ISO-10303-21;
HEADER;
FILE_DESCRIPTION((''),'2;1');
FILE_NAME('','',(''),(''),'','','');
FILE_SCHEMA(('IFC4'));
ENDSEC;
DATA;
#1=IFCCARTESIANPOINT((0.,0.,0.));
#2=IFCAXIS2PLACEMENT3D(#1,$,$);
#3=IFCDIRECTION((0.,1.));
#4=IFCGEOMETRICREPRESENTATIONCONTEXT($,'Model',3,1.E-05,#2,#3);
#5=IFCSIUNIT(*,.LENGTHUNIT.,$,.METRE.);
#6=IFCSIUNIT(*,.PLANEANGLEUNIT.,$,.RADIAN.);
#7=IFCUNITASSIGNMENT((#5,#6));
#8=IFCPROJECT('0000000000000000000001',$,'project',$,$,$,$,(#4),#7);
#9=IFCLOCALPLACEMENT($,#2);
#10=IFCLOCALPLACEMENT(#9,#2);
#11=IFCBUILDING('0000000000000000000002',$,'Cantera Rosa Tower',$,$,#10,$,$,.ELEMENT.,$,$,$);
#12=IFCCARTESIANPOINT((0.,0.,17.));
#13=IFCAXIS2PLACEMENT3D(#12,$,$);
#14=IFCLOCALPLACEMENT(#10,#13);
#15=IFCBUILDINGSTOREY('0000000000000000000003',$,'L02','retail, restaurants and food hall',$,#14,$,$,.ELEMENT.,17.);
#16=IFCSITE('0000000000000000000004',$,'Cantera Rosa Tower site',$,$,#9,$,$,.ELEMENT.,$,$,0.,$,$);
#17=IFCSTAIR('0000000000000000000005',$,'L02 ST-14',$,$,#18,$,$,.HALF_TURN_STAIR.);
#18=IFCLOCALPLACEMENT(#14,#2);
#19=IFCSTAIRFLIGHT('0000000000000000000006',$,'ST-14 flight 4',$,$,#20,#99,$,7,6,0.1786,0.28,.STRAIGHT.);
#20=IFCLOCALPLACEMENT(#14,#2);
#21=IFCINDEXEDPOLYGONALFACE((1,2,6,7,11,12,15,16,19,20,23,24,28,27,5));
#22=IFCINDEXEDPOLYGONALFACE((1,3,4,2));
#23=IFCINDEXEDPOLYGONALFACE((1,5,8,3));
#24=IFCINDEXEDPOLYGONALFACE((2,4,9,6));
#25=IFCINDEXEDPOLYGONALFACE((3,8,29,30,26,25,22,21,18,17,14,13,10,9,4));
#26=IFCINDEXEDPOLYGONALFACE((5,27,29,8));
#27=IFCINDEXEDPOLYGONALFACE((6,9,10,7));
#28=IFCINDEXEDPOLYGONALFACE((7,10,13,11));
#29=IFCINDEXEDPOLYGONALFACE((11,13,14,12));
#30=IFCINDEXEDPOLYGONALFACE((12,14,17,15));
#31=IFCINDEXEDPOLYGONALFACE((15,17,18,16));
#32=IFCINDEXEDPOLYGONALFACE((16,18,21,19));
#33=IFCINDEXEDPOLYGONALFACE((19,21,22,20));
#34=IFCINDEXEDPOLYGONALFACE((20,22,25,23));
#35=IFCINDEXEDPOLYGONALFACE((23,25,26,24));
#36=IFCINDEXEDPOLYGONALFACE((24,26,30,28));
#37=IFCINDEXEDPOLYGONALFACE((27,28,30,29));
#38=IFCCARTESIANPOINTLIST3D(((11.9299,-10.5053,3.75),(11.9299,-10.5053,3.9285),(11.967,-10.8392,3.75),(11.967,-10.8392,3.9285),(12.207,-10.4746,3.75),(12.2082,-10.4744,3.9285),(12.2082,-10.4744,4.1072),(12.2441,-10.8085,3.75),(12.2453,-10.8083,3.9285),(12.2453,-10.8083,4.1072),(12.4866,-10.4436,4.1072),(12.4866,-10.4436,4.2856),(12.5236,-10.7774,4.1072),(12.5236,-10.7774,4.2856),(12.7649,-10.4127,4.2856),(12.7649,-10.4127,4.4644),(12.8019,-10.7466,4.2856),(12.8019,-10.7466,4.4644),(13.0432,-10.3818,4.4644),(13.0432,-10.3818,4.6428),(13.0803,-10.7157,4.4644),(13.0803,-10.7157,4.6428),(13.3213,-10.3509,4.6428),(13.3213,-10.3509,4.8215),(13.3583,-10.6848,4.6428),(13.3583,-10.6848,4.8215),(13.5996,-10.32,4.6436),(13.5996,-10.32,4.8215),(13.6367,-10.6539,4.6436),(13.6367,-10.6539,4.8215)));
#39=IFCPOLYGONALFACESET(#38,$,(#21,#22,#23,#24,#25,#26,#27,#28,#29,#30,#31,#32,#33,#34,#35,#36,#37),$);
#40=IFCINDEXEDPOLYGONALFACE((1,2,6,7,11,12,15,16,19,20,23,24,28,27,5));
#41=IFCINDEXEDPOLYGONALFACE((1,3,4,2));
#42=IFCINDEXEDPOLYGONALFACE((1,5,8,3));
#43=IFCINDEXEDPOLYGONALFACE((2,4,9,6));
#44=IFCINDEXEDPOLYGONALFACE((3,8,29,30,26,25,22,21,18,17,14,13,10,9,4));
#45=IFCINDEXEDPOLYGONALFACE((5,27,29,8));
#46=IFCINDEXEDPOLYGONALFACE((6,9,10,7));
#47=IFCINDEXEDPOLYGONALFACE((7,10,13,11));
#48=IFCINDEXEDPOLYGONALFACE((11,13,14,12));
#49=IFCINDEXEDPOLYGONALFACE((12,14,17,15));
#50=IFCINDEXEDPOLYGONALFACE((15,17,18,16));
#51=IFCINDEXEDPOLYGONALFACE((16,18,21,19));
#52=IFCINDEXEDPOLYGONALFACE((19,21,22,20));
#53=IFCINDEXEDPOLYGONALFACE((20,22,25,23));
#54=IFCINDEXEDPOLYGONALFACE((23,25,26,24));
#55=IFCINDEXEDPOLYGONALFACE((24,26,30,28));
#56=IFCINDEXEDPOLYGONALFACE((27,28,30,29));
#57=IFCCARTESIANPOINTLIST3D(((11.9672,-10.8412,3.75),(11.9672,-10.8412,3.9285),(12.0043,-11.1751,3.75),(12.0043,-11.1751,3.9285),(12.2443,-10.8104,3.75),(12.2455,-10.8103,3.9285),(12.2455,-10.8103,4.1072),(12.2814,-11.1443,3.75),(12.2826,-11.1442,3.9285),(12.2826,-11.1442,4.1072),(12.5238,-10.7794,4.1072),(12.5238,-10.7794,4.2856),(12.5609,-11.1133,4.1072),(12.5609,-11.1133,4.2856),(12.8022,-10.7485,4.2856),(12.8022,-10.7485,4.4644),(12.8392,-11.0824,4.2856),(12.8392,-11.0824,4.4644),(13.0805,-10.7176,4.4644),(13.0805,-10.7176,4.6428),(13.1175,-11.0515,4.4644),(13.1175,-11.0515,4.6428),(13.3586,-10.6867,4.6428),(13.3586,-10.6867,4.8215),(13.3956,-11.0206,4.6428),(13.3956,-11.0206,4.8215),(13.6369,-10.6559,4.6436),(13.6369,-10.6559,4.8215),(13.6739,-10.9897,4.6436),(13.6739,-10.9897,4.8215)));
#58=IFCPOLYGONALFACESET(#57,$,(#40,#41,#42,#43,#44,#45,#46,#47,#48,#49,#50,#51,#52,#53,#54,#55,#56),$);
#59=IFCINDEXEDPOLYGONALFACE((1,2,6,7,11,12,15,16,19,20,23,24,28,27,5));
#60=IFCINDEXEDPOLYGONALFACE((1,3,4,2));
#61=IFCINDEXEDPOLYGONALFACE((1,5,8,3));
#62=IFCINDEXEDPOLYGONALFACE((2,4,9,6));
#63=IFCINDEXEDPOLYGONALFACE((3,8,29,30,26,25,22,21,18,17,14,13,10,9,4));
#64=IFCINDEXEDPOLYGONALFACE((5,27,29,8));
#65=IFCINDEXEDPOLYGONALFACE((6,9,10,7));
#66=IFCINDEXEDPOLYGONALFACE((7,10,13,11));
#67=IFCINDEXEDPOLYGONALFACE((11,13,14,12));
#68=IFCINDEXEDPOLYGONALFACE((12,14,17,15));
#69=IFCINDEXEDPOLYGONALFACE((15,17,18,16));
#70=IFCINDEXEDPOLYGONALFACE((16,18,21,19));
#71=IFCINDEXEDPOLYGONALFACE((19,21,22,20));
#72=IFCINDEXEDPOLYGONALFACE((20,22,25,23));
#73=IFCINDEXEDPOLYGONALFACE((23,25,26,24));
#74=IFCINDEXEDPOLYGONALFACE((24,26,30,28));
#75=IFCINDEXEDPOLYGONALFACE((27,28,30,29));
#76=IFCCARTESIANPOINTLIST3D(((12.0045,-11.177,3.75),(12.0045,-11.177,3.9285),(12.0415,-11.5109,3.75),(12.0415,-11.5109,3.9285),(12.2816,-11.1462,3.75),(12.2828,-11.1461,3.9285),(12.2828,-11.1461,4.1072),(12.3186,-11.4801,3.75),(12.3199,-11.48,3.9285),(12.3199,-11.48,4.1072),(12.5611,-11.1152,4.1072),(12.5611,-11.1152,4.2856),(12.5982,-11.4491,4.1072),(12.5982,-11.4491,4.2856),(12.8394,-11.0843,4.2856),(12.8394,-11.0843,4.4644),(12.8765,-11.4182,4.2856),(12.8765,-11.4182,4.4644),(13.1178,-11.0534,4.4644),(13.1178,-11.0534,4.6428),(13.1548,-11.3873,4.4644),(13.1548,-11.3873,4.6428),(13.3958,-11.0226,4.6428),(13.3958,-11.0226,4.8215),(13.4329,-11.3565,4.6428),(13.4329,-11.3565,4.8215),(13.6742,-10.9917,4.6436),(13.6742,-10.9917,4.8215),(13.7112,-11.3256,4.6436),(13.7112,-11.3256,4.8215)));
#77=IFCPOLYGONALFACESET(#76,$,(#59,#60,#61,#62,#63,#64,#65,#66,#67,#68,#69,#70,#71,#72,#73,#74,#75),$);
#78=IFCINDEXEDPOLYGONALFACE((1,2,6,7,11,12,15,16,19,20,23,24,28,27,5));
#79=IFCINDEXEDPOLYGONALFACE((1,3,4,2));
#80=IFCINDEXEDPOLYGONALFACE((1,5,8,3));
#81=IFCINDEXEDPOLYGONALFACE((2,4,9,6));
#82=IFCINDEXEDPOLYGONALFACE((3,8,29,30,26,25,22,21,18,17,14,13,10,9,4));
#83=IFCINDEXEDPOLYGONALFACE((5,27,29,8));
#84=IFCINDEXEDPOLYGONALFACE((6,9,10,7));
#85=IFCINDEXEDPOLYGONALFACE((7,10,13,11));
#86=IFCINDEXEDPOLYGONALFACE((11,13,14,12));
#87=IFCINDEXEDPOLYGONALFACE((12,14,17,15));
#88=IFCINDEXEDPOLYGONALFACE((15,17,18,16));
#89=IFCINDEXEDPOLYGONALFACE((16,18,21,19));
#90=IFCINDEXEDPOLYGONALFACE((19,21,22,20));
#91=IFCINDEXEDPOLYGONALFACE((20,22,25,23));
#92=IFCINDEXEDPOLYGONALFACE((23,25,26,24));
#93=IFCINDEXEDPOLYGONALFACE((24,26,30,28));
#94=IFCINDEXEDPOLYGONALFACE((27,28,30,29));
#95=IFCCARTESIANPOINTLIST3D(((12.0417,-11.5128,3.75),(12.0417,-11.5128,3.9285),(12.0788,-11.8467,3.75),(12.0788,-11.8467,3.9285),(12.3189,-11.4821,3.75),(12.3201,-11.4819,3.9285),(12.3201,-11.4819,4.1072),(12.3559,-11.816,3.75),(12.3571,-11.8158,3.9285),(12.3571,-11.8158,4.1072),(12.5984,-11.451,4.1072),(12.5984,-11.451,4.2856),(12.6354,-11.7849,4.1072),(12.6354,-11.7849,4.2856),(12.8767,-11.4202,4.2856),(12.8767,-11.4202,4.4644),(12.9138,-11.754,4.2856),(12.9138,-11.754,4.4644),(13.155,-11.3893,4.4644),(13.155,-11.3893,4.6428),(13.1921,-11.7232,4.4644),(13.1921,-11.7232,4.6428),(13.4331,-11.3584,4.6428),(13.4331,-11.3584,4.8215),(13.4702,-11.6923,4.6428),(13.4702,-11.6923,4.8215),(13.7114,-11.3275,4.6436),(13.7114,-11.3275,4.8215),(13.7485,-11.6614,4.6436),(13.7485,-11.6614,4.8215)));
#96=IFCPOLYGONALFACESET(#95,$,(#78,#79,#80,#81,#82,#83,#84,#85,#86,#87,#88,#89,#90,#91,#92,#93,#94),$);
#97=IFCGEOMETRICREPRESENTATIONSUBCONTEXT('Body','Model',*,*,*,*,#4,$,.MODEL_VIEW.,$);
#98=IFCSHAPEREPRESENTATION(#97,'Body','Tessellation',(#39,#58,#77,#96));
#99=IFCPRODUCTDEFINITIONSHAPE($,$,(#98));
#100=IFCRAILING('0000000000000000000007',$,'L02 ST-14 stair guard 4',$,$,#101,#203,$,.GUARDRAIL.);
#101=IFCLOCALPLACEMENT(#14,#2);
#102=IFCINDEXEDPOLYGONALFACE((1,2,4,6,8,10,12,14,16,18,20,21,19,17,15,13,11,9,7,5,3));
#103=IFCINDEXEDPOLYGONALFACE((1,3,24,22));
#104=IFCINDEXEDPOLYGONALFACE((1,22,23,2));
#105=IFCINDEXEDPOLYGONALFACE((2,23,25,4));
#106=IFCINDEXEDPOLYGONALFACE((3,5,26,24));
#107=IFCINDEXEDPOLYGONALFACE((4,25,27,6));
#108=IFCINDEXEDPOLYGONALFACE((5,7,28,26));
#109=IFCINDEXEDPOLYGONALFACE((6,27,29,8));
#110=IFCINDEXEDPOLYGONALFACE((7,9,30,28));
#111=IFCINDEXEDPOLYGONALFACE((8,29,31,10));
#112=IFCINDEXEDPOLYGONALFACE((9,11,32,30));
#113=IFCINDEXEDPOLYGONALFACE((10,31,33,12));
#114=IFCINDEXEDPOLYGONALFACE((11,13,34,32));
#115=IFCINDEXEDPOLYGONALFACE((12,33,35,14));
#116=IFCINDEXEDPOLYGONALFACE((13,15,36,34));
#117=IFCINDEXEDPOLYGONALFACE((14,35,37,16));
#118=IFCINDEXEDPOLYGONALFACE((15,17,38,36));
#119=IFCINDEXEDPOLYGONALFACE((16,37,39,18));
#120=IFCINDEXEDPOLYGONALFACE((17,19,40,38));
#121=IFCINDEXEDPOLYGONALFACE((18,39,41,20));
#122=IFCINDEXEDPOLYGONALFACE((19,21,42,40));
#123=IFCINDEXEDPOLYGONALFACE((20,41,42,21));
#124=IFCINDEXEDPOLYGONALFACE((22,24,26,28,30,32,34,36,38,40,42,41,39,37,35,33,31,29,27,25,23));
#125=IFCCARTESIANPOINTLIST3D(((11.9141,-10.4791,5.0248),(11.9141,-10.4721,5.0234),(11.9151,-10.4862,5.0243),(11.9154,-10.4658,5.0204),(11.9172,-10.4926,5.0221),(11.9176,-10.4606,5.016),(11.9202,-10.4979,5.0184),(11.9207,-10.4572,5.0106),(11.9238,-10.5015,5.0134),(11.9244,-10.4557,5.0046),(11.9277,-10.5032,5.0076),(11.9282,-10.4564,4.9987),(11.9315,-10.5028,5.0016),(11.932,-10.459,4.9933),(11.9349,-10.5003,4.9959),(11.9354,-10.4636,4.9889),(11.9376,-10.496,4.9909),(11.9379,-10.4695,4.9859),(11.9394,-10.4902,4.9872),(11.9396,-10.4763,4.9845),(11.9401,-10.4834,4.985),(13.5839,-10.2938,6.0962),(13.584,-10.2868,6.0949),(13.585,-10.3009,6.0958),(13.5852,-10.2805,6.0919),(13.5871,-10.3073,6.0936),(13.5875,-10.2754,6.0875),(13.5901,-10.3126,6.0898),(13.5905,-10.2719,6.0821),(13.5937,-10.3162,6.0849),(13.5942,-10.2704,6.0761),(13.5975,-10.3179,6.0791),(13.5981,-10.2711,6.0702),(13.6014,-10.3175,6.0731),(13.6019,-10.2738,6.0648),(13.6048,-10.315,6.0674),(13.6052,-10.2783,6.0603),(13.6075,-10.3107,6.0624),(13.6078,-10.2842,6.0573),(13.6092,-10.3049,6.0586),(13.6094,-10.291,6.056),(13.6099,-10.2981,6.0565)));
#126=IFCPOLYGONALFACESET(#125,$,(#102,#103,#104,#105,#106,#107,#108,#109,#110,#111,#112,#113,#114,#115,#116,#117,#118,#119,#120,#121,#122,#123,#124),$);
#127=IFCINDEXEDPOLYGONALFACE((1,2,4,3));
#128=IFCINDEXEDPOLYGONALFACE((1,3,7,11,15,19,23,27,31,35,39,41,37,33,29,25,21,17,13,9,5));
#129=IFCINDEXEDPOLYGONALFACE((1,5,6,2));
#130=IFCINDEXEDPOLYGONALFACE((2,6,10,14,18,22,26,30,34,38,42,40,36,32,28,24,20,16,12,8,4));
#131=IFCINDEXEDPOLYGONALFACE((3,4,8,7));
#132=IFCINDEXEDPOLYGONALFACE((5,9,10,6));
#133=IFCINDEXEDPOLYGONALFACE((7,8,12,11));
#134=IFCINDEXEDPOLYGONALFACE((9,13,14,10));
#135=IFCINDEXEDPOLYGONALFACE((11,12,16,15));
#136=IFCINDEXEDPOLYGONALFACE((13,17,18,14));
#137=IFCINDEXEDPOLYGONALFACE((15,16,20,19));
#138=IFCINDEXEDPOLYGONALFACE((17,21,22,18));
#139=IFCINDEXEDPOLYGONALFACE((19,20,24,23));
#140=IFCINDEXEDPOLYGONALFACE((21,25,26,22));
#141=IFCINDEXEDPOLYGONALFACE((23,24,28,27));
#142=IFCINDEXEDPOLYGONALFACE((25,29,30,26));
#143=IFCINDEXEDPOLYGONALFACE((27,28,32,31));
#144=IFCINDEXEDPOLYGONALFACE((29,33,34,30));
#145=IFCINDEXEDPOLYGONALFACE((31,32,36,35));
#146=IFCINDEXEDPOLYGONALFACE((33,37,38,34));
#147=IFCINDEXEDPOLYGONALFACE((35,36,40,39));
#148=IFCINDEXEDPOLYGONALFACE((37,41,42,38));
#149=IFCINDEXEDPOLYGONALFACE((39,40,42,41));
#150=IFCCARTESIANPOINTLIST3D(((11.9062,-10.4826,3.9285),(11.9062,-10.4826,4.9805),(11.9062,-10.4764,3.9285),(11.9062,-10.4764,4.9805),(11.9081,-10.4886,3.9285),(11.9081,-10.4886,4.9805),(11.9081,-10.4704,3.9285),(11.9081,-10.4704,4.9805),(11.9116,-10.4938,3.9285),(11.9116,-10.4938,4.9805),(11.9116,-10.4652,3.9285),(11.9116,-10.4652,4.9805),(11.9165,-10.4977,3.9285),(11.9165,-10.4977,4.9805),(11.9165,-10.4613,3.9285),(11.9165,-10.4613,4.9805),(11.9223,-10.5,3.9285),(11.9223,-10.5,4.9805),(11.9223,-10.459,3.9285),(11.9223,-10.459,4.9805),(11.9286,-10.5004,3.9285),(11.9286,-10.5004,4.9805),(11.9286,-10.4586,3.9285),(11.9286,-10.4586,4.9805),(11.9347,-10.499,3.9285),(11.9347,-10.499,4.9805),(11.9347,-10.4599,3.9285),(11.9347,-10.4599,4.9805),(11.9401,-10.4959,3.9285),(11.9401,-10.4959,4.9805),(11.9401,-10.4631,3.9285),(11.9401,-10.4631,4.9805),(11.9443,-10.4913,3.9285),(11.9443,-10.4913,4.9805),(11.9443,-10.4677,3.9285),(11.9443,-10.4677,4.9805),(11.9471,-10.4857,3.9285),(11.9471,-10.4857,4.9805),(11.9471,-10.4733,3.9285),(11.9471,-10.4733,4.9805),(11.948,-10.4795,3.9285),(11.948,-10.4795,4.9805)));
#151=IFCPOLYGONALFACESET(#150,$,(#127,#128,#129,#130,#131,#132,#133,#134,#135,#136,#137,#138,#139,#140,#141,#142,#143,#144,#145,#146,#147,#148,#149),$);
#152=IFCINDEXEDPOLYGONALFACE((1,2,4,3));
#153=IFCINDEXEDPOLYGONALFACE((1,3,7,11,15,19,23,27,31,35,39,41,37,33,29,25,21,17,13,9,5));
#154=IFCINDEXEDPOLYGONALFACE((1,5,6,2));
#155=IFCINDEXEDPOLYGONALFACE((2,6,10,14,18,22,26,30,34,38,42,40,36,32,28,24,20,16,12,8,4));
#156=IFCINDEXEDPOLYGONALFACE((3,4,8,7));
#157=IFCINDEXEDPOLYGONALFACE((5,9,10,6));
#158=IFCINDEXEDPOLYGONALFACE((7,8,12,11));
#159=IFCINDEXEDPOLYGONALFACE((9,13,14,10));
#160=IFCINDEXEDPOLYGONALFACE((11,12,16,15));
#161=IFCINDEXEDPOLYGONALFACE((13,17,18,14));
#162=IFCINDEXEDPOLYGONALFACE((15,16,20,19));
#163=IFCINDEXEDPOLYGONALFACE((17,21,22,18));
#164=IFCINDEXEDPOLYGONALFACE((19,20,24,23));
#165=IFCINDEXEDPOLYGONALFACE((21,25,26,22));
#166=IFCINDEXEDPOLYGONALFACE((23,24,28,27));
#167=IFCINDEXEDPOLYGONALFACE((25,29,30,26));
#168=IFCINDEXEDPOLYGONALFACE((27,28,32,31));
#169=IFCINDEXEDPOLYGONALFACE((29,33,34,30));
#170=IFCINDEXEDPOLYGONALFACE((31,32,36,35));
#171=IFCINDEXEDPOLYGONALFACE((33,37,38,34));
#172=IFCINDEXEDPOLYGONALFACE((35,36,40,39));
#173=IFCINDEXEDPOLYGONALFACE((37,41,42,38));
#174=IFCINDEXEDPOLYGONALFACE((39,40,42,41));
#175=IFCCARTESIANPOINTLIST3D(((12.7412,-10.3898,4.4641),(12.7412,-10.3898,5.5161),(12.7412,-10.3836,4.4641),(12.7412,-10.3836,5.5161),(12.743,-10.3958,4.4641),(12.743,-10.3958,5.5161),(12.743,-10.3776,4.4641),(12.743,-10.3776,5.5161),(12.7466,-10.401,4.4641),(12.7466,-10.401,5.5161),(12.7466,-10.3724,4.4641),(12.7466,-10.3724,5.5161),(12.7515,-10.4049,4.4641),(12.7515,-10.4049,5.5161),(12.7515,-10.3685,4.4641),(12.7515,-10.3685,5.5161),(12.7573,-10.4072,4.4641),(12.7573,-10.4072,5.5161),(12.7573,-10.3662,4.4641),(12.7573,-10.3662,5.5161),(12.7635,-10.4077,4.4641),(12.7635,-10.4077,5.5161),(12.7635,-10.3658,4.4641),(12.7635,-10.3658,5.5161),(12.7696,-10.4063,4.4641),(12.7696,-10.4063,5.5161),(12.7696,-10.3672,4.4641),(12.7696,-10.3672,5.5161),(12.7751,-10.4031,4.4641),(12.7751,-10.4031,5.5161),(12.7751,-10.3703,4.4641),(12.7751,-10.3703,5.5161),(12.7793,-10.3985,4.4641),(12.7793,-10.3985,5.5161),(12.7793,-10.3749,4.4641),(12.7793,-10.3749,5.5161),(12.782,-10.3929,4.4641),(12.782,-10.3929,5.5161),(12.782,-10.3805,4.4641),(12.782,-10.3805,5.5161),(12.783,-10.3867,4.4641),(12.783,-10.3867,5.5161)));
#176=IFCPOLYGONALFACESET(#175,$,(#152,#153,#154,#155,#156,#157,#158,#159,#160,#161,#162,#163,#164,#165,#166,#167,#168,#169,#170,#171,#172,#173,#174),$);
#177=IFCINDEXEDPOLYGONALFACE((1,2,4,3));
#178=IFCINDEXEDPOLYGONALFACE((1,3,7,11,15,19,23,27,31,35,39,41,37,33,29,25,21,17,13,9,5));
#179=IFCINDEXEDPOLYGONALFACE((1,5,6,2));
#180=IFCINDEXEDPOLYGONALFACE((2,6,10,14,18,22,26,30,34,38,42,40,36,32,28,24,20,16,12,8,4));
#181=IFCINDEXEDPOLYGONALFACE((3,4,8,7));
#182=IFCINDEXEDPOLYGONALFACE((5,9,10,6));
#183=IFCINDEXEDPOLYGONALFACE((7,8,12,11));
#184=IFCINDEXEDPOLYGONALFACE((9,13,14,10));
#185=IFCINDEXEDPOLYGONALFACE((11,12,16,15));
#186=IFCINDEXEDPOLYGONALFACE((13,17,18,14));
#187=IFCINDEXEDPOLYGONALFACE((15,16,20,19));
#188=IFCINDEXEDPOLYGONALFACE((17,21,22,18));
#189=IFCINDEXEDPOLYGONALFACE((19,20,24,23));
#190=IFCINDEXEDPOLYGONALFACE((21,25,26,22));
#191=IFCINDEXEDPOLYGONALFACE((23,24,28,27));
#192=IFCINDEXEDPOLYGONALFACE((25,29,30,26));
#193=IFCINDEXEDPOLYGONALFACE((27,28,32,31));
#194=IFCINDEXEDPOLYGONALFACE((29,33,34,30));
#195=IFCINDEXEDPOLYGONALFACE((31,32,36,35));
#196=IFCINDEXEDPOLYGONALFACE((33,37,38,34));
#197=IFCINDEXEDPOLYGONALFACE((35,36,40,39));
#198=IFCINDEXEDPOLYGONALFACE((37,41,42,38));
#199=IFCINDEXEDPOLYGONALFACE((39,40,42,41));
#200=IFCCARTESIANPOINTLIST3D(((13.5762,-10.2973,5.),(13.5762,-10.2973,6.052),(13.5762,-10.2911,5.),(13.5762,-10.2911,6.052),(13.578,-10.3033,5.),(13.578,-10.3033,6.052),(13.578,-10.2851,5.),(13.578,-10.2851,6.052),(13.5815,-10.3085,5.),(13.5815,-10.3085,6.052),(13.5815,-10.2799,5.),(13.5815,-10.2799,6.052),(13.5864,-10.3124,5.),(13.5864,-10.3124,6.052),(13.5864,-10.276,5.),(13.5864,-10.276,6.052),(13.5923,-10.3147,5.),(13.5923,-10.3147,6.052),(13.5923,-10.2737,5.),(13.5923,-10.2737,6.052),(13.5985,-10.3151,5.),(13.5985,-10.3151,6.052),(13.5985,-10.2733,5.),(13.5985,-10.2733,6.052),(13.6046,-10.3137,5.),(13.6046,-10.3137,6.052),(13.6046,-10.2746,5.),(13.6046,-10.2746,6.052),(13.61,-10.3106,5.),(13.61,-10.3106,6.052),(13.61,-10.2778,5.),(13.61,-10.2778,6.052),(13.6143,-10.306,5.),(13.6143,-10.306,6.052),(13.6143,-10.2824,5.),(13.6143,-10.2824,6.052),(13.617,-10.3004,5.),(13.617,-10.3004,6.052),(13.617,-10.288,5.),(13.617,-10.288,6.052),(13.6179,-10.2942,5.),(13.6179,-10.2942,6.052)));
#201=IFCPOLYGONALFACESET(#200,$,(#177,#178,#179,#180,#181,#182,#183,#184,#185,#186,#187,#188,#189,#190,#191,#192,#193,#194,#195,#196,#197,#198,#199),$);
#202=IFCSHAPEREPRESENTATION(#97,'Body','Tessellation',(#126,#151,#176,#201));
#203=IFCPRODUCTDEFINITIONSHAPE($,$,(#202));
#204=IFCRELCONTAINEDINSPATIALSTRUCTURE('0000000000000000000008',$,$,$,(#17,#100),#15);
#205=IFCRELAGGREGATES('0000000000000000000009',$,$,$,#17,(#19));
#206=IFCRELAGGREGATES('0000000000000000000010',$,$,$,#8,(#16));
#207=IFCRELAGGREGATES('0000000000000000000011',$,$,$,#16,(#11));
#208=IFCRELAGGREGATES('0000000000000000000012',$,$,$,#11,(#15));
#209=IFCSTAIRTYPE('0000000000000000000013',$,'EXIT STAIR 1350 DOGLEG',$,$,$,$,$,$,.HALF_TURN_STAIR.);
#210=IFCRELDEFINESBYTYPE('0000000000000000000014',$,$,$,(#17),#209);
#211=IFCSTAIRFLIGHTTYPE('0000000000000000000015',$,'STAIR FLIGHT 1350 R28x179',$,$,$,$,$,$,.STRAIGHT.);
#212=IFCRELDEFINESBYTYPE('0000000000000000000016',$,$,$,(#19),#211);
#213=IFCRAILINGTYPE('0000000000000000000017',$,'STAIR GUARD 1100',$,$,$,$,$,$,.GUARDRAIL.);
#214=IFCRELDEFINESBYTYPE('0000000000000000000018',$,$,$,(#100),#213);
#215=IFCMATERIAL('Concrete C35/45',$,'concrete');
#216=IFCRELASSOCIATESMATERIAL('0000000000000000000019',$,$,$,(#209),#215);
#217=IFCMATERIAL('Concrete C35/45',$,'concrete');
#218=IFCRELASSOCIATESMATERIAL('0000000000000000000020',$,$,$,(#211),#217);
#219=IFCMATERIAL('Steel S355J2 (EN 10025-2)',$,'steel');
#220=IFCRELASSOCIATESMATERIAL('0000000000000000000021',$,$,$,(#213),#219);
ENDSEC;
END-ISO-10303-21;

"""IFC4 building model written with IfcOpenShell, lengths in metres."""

from ifc_helpers import new_model, si_unit, direction, frame, origin, origin_2d, place, context, subcontext, project, spatial, polyline, circle, outline, extrude, material, type_object, element, aggregate, save


model = new_model("IFC4")

# Units and contexts
model_context = context("Model", 3, precision=1e-05, world=origin(), true_north=direction((0.0, 1.0)))
body_context = subcontext(model_context, "Body", "Model", "MODEL_VIEW")
ifc_project = project(units=[si_unit("LENGTHUNIT", "METRE"), si_unit("PLANEANGLEUNIT", "RADIAN")], contexts=[model_context])

# Site, building, storey
site_placement = place(None, origin())
site = spatial("IfcSite", under=ifc_project, at=site_placement, Name="Cantera Rosa Tower site", CompositionType="ELEMENT", RefElevation=0.0)
building_placement = place(site_placement, origin())
building = spatial("IfcBuilding", under=site, at=building_placement, Name="Cantera Rosa Tower", CompositionType="ELEMENT")
storey_placement = place(building_placement, frame((0.0, 0.0, 17.0)))
storey = spatial("IfcBuildingStorey", under=building, at=storey_placement, Name="L02", Description="retail, restaurants and food hall", CompositionType="ELEMENT", Elevation=17.0)

# Stair, stair flight
ifc_material_1 = material(Name="Concrete C35/45", Category="concrete")
stair_type = type_object("IfcStairType", Name="EXIT STAIR 1350 DOGLEG", PredefinedType="HALF_TURN_STAIR", material=ifc_material_1)
stair_placement = place(storey_placement, origin())
stair = element("IfcStair", 1, at=stair_placement, inside=storey, type_object=stair_type, Name="L02 ST-14", PredefinedType="HALF_TURN_STAIR")
ifc_material_2 = material(Name="Concrete C35/45", Category="concrete")
stair_flight_type = type_object("IfcStairFlightType", Name="STAIR FLIGHT 1350 R28x179", PredefinedType="STRAIGHT", material=ifc_material_2)
stair_flight_1_placement = place(storey_placement, frame((12.0044, -11.1763, 3.75), z_axis=(0.0, 0.0, 1.0), x_axis=(0.993897, 0.110313, 0.0)))
stair_flight_1 = element("IfcStairFlight", 2, at=stair_flight_1_placement, type_object=stair_flight_type, Name="ST-14 flight 4", NumberOfRisers=7, NumberOfTreads=6, PredefinedType="STRAIGHT", RiserHeight=0.1786, TreadLength=0.28, context=body_context, shape_type="SweptSolid", body=[
    extrude(outline(polyline([(0.0, 0.0), (0.0, 0.1785), (0.28, 0.1785), (0.28, 0.3572), (0.5601, 0.3572), (0.5601, 0.5356), (0.8401, 0.5356), (0.8401, 0.7144), (1.1201, 0.7144), (1.1201, 0.8928), (1.3999, 0.8928), (1.3999, 1.0715), (1.6799, 1.0715), (1.6799, 1.25), (1.6799, 0.8936), (0.2788, 0.0), (0.0, 0.0)])), frame((0.0, 0.675, 0.0), z_axis=(0.0, -1.0, 0.0), x_axis=(1.0, 0.0, 0.0)), (0.0, 0.0, 1.0), 0.3359),
    extrude(outline(polyline([(0.0, 0.0), (0.0, 0.1785), (0.28, 0.1785), (0.28, 0.3572), (0.5601, 0.3572), (0.5601, 0.5356), (0.8401, 0.5356), (0.8401, 0.7144), (1.1201, 0.7144), (1.1201, 0.8928), (1.3999, 0.8928), (1.3999, 1.0715), (1.6799, 1.0715), (1.6799, 1.25), (1.6799, 0.8936), (0.2788, 0.0), (0.0, 0.0)])), frame((0.0, 0.3372, 0.0), z_axis=(0.0, -1.0, 0.0), x_axis=(1.0, 0.0, 0.0)), (0.0, 0.0, 1.0), 0.3359),
    extrude(outline(polyline([(0.0, 0.0), (0.0, 0.1785), (0.28, 0.1785), (0.28, 0.3572), (0.5601, 0.3572), (0.5601, 0.5356), (0.8401, 0.5356), (0.8401, 0.7144), (1.1201, 0.7144), (1.1201, 0.8928), (1.3999, 0.8928), (1.3999, 1.0715), (1.6799, 1.0715), (1.6799, 1.25), (1.6799, 0.8936), (0.2788, 0.0), (0.0, 0.0)])), frame((0.0, -0.0007, 0.0), z_axis=(0.0, -1.0, 0.0), x_axis=(1.0, 0.0, 0.0)), (0.0, 0.0, 1.0), 0.3359),
    extrude(outline(polyline([(0.0, 0.0), (0.0, 0.1785), (0.28, 0.1785), (0.28, 0.3572), (0.5601, 0.3572), (0.5601, 0.5356), (0.8401, 0.5356), (0.8401, 0.7144), (1.1201, 0.7144), (1.1201, 0.8928), (1.3999, 0.8928), (1.3999, 1.0715), (1.6799, 1.0715), (1.6799, 1.25), (1.6799, 0.8936), (0.2788, 0.0), (0.0, 0.0)])), frame((0.0, -0.3386, 0.0), z_axis=(0.0, -1.0, 0.0), x_axis=(1.0, 0.0, 0.0)), (0.0, 0.0, 1.0), 0.3359),
])
aggregate(stair, [stair_flight_1])

# Railing
ifc_material_3 = material(Name="Steel S355J2 (EN 10025-2)", Category="steel")
railing_type_1 = type_object("IfcRailingType", Name="STAIR GUARD 1100", PredefinedType="GUARDRAIL", material=ifc_material_3)
railing_1_placement = place(storey_placement, frame((11.927, -10.4795, 3.9285)))
element("IfcRailing", 3, at=railing_1_placement, inside=storey, type_object=railing_type_1, Name="L02 ST-14 stair guard 4", PredefinedType="GUARDRAIL", context=body_context, shape_type="SweptSolid", body=[
    extrude(circle(Radius=0.0239, at=origin_2d()), frame((0.0, 0.0, 1.0762), z_axis=(0.837987, 0.092987, 0.537709), x_axis=(-0.110288, 0.9939, 0.0)), (0.0, 0.0, 1.0), 1.9927),
    extrude(circle(Radius=0.021, at=origin_2d()), origin(), (0.0, 0.0, 1.0), 1.052),
    extrude(circle(Radius=0.021, at=origin_2d()), frame((0.835, 0.0928, 0.5356)), (0.0, 0.0, 1.0), 1.052),
    extrude(circle(Radius=0.021, at=origin_2d()), frame((1.6699, 0.1853, 1.0715)), (0.0, 0.0, 1.0), 1.052),
])

save(model, "model.ifc")
